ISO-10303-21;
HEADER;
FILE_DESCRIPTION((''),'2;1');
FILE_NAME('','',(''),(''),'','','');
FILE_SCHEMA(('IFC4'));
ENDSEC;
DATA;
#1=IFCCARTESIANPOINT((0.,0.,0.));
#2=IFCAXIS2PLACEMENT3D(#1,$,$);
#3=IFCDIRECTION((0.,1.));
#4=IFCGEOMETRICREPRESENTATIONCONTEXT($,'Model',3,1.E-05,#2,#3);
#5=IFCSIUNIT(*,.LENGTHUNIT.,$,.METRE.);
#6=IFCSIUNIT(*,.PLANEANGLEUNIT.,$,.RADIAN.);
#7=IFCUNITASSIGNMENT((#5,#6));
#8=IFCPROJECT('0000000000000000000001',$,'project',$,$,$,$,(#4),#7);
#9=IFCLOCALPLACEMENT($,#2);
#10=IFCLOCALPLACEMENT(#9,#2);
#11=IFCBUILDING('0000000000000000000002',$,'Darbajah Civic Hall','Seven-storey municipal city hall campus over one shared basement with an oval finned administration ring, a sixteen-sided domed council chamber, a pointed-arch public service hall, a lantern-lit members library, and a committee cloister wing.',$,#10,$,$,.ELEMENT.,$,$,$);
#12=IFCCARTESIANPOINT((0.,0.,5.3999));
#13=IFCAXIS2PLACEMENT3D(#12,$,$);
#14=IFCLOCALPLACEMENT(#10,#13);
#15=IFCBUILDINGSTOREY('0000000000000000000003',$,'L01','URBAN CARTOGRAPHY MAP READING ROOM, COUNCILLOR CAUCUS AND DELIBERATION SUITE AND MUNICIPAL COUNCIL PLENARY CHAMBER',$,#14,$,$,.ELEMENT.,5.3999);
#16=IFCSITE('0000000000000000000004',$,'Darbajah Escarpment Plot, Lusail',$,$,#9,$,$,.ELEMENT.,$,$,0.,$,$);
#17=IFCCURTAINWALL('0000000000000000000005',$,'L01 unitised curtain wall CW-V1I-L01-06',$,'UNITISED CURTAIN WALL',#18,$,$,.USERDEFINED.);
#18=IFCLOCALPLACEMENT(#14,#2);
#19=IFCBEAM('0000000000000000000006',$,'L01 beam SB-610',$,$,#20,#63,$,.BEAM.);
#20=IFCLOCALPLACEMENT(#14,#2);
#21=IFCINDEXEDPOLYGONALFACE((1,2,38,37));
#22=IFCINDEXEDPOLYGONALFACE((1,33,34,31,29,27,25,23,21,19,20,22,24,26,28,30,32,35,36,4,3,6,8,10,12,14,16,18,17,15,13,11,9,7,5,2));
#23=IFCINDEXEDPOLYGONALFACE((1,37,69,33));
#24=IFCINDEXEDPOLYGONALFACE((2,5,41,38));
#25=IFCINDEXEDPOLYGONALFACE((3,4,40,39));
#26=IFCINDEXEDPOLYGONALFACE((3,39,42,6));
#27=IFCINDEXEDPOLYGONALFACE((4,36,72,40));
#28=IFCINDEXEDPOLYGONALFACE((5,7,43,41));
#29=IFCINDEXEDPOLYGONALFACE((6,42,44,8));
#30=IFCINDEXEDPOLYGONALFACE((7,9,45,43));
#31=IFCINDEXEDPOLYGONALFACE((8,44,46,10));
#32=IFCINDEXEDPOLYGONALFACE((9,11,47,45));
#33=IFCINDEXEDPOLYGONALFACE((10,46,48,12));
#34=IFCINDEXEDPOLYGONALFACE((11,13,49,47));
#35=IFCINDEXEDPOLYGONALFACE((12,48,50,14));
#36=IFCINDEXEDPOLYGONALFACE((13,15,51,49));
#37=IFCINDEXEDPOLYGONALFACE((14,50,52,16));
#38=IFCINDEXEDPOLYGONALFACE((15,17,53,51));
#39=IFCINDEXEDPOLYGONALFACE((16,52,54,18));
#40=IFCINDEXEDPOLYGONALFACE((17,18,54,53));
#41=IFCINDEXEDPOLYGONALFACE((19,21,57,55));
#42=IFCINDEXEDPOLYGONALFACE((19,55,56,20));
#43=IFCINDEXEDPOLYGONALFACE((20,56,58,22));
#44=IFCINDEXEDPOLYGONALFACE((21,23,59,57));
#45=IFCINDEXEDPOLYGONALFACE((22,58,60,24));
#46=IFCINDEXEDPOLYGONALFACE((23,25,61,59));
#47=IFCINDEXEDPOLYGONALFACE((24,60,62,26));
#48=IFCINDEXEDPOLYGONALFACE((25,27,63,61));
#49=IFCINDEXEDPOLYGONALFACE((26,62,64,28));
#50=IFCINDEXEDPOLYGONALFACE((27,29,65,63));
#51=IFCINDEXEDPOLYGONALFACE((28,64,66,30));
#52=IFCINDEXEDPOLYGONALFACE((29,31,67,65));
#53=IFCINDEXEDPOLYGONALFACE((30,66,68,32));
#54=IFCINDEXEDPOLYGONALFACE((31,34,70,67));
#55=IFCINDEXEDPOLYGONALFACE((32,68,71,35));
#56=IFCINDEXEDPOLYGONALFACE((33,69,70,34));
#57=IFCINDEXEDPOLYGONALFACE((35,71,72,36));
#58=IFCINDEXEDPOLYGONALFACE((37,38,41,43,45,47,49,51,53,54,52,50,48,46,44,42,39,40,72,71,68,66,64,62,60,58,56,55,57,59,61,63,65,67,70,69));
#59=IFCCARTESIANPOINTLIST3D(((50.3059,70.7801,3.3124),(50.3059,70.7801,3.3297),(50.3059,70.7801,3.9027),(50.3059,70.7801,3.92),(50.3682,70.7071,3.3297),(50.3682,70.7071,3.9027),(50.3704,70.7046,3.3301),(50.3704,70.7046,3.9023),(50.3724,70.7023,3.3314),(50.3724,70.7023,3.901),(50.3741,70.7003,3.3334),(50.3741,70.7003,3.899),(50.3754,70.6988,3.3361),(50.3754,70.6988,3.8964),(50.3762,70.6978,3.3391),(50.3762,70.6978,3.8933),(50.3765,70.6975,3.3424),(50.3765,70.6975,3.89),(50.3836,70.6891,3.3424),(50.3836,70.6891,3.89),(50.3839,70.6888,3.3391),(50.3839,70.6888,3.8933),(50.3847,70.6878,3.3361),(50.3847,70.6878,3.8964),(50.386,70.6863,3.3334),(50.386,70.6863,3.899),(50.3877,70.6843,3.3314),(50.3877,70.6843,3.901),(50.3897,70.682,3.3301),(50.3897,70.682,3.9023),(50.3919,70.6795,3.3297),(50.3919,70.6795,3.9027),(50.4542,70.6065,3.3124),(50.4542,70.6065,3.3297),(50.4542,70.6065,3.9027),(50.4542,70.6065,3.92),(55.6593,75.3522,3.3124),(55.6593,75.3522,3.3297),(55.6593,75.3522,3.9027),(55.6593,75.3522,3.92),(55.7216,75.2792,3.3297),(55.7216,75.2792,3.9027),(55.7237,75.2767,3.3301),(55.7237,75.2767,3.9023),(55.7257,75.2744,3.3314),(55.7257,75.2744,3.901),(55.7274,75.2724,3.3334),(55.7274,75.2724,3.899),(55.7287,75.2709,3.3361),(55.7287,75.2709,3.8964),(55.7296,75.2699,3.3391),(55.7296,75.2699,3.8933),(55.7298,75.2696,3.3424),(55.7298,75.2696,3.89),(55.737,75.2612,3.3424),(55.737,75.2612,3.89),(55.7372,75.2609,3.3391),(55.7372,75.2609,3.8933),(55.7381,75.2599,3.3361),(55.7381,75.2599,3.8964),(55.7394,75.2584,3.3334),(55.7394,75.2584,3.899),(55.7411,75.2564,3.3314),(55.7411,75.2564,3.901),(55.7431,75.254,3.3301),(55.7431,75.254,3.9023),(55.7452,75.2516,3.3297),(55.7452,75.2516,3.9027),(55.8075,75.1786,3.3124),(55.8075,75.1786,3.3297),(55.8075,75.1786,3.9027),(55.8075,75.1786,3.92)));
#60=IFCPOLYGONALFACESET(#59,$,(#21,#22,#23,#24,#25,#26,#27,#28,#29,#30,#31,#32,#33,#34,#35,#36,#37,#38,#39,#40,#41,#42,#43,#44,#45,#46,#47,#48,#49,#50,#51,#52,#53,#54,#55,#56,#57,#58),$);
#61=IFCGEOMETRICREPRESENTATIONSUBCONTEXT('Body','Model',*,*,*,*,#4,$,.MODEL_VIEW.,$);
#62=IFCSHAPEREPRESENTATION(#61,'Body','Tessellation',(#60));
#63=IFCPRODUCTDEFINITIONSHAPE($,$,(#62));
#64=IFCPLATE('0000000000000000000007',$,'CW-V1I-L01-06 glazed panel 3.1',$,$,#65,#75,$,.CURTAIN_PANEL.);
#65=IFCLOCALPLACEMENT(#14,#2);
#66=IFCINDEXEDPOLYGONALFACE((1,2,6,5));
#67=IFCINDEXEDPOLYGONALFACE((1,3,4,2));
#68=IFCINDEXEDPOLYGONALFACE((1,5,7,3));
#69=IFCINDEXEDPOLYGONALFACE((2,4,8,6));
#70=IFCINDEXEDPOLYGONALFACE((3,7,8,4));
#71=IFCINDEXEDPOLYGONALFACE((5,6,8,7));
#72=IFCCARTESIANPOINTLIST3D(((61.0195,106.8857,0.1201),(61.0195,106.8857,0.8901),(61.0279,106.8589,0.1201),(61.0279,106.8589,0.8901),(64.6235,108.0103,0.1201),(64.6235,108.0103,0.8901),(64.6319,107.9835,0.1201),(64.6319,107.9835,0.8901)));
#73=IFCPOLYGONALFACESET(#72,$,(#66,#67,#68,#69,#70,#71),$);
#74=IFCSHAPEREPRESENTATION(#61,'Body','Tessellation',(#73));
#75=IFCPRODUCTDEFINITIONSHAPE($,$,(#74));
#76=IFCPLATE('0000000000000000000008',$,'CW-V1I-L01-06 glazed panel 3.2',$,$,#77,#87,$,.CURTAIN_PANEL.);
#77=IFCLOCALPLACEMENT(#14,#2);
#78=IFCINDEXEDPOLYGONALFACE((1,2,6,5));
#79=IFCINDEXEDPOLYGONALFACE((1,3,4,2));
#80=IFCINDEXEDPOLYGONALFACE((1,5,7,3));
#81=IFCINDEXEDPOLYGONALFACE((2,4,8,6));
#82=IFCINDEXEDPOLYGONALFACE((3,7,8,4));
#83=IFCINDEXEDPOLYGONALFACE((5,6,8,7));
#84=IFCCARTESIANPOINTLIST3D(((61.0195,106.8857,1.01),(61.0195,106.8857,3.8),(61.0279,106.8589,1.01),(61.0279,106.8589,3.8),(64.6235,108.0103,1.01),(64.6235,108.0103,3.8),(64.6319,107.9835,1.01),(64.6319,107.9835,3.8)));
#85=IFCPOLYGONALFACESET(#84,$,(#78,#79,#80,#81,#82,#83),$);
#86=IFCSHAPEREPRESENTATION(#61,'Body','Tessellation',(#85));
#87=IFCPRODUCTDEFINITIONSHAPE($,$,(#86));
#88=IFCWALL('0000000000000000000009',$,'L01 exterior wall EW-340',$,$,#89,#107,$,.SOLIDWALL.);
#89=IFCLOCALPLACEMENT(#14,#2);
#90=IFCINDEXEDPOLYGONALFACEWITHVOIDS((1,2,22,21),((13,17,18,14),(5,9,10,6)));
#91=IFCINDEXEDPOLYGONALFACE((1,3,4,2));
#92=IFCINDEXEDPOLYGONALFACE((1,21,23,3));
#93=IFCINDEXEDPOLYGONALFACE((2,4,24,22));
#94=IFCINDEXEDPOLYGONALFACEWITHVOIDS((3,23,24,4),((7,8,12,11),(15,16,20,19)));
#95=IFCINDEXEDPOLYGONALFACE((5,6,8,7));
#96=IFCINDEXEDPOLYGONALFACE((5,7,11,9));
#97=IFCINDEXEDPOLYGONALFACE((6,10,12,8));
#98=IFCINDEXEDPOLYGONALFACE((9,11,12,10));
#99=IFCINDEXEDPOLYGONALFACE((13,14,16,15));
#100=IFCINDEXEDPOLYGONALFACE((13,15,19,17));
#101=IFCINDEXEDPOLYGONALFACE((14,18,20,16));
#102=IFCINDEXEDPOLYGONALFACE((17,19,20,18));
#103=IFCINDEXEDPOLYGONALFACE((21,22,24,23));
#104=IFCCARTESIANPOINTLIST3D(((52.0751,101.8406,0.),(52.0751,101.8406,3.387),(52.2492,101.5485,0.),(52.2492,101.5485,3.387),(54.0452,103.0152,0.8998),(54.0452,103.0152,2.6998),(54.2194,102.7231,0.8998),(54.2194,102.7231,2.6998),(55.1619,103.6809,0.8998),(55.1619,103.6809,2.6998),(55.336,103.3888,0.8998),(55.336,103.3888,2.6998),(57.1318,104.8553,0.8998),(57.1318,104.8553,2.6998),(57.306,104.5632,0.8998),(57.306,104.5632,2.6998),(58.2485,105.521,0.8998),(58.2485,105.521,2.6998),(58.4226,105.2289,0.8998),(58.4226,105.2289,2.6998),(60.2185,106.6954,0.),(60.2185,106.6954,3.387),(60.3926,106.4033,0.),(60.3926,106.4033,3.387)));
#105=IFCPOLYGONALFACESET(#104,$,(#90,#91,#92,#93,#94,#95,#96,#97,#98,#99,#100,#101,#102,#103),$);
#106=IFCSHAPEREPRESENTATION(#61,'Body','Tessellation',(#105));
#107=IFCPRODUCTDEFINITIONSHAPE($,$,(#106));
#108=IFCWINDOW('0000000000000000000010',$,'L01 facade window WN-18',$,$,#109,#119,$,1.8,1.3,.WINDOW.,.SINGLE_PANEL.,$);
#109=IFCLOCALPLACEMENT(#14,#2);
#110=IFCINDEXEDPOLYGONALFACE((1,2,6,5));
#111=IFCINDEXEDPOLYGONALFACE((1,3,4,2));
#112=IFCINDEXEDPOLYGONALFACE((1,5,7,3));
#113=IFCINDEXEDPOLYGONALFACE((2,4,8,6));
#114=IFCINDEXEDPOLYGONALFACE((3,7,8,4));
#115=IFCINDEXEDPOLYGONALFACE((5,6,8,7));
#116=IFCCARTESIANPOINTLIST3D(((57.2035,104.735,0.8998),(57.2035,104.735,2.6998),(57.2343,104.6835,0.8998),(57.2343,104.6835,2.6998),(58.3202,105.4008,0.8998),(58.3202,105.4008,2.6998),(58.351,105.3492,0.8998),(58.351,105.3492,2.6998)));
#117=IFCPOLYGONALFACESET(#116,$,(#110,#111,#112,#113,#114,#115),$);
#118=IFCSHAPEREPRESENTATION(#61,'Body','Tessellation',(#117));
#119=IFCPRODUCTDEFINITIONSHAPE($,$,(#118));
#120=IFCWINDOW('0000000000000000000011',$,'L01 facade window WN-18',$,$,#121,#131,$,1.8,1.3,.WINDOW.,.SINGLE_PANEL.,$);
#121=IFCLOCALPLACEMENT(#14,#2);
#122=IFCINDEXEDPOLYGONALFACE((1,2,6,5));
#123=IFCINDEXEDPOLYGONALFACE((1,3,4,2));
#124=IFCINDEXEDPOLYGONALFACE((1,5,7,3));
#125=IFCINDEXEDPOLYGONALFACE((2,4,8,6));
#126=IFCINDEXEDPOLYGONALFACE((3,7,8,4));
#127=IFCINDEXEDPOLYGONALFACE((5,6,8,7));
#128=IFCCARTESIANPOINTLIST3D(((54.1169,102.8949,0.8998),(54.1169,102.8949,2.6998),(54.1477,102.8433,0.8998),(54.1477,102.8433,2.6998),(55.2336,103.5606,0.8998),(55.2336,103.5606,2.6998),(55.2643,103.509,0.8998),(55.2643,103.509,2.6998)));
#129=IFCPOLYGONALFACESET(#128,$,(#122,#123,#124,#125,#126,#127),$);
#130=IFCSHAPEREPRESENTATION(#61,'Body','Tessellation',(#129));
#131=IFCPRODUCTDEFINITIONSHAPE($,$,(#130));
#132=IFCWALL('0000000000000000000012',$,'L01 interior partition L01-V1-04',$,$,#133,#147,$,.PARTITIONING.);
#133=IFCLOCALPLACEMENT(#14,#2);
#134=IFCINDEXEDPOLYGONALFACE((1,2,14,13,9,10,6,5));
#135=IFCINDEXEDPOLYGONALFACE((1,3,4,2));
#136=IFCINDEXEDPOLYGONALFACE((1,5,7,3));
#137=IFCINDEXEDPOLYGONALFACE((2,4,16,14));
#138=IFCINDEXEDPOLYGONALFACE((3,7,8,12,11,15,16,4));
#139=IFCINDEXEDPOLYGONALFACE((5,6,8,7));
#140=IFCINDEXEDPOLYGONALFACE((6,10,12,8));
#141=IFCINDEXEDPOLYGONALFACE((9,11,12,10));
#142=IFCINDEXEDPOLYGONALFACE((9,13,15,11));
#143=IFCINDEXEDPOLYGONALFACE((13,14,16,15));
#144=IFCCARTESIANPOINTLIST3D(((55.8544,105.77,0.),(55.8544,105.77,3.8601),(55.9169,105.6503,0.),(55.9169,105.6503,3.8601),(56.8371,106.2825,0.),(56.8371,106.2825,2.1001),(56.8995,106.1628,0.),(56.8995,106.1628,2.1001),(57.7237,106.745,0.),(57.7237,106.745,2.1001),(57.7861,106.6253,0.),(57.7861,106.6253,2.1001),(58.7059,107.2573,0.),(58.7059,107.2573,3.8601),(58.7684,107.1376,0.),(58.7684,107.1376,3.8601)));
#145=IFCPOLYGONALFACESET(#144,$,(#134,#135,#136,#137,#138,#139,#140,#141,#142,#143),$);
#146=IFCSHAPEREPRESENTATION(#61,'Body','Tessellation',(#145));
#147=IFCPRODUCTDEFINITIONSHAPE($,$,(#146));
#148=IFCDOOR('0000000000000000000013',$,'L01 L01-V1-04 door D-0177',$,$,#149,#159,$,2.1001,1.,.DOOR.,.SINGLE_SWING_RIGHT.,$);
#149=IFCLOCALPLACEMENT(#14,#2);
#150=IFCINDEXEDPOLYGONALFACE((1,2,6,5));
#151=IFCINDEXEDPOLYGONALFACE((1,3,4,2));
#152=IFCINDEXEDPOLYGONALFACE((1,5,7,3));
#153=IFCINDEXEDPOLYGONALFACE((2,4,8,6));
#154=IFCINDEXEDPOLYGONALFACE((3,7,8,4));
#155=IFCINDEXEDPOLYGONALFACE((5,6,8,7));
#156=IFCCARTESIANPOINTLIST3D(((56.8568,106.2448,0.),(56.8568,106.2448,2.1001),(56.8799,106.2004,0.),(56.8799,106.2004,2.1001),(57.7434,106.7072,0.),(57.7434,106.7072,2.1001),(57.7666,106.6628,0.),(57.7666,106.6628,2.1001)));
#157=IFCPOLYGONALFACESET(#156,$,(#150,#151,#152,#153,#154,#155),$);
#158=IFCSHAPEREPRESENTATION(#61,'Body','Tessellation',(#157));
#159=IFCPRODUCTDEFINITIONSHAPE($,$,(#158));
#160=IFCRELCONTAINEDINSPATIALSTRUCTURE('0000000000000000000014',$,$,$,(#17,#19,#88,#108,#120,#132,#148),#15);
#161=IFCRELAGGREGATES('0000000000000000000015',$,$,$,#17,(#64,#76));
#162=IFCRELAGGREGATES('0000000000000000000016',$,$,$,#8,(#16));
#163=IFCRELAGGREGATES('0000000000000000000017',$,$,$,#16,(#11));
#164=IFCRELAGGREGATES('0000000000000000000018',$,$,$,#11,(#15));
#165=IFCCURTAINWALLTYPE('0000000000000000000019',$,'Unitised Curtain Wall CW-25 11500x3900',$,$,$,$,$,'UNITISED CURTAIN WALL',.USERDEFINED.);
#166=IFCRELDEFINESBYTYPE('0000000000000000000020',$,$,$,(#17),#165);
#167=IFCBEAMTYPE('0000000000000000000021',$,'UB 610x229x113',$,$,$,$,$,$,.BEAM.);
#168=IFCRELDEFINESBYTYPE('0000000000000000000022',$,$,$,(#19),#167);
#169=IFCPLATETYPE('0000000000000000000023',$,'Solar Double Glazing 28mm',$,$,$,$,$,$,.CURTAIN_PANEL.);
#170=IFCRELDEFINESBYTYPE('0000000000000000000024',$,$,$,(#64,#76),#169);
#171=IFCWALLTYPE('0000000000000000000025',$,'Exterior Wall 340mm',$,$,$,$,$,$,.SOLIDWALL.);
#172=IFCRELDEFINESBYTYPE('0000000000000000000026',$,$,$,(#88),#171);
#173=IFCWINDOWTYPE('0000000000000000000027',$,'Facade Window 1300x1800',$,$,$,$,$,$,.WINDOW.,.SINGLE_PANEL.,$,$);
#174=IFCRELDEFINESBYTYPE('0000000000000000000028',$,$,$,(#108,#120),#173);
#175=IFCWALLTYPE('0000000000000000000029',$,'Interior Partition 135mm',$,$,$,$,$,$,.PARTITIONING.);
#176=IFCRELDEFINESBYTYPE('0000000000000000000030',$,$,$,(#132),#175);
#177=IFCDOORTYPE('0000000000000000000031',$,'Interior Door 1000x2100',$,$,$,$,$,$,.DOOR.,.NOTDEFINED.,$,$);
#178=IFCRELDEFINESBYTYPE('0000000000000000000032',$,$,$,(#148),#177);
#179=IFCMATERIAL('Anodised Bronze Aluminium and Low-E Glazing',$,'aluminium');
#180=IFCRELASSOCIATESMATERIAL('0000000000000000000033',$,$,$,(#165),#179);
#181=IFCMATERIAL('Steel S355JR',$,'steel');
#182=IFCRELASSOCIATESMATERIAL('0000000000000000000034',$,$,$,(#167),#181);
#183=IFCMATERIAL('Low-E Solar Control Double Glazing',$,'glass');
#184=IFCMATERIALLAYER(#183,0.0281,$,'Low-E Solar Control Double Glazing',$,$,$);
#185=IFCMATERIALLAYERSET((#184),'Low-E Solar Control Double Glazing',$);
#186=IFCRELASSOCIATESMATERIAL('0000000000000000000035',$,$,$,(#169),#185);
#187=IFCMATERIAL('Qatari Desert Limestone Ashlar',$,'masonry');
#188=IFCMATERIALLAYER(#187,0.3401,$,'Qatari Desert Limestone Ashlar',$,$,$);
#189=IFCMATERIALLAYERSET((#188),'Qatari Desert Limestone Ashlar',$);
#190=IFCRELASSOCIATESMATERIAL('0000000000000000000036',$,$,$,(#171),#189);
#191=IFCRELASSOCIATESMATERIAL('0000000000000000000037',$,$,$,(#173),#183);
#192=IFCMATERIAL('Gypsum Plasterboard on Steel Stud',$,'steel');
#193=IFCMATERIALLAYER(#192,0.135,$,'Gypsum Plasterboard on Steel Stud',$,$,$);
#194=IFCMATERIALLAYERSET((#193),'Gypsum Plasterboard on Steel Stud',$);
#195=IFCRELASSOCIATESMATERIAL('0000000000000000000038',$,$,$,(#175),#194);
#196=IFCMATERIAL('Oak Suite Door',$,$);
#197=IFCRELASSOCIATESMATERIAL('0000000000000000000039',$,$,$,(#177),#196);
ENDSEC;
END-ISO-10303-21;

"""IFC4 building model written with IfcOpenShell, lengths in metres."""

from ifc_helpers import new_model, si_unit, direction, frame, frame_2d, origin, origin_2d, place, context, subcontext, project, spatial, rectangle, i_section, extrude, material, layer, layer_set, material_profile, profile_set, type_object, element, fill, aggregate, save


model = new_model("IFC4")

# Units and contexts
model_context = context("Model", 3, precision=1e-05, world=origin(), true_north=direction((0.0, 1.0)))
body_context = subcontext(model_context, "Body", "Model", "MODEL_VIEW")
ifc_project = project(units=[si_unit("LENGTHUNIT", "METRE"), si_unit("PLANEANGLEUNIT", "RADIAN")], contexts=[model_context])

# Site, building, storey
site_placement = place(None, origin())
site = spatial("IfcSite", under=ifc_project, at=site_placement, Name="Darbajah Escarpment Plot, Lusail", CompositionType="ELEMENT", RefElevation=0.0)
building_placement = place(site_placement, origin())
building = spatial("IfcBuilding", under=site, at=building_placement, Name="Darbajah Civic Hall", Description="Seven-storey municipal city hall campus over one shared basement with an oval finned administration ring, a sixteen-sided domed council chamber, a pointed-arch public service hall, a lantern-lit members library, and a committee cloister wing.", CompositionType="ELEMENT")
storey_placement = place(building_placement, frame((0.0, 0.0, 5.3999)))
storey = spatial("IfcBuildingStorey", under=building, at=storey_placement, Name="L01", Description="URBAN CARTOGRAPHY MAP READING ROOM, COUNCILLOR CAUCUS AND DELIBERATION SUITE AND MUNICIPAL COUNCIL PLENARY CHAMBER", CompositionType="ELEMENT", Elevation=5.3999)

# Curtain wall
ifc_material_1 = material(Name="Anodised Bronze Aluminium and Low-E Glazing", Category="aluminium")
curtain_wall_type_1 = type_object("IfcCurtainWallType", Name="Unitised Curtain Wall CW-25 11500x3900", ElementType="UNITISED CURTAIN WALL", PredefinedType="USERDEFINED", material=ifc_material_1)
curtain_wall_1_placement = place(storey_placement, origin())
curtain_wall_1 = element("IfcCurtainWall", 1, at=curtain_wall_1_placement, inside=storey, type_object=curtain_wall_type_1, Name="L01 unitised curtain wall CW-V1I-L01-06", ObjectType="UNITISED CURTAIN WALL", PredefinedType="USERDEFINED")

# Beam
ifc_material_2 = material(Name="Steel S355JR", Category="steel")
ifc_material_profile_1 = material_profile(ifc_material_2, i_section(OverallWidth=0.2283, OverallDepth=0.6077, WebThickness=0.011, FlangeThickness=0.0173, FilletRadius=0.0127, at=origin_2d()), Name="UB 610x229x113")
ifc_profile_set_1 = profile_set([ifc_material_profile_1], Name="Steel S355JR")
beam_type_1 = type_object("IfcBeamType", Name="UB 610x229x113", PredefinedType="BEAM", material=ifc_profile_set_1)
for number, where, z_axis, x_axis, name in (
    (2, (55.7334, 75.2654, 3.6162), (-0.760413, -0.649439, 0.0), (0.649439, -0.760413, 0.0), "L01 beam SB-610"),
):
    element("IfcBeam", number, at=place(storey_placement, frame(where, z_axis=z_axis, x_axis=x_axis)), inside=storey, type_object=beam_type_1, Name=name, PredefinedType="BEAM", context=body_context, shape_type="SweptSolid", body=[
        extrude(i_section(OverallWidth=0.2283, OverallDepth=0.6077, WebThickness=0.011, FlangeThickness=0.0173, FilletRadius=0.0127, at=origin_2d()), origin(), (0.0, 0.0, 1.0), 7.04),
    ])

# Plates
ifc_material_3 = material(Name="Low-E Solar Control Double Glazing", Category="glass")
ifc_layer_1 = layer(ifc_material_3, 0.0281, Name="Low-E Solar Control Double Glazing")
ifc_layer_set_1 = layer_set([ifc_layer_1], Name="Low-E Solar Control Double Glazing")
plate_type = type_object("IfcPlateType", Name="Solar Double Glazing 28mm", PredefinedType="CURTAIN_PANEL", material=ifc_layer_set_1)
plate_1_placement = place(storey_placement, frame((62.8257, 107.4346, 0.1201), z_axis=(0.0, 0.0, 1.0), x_axis=(-0.954605, -0.297875, 0.0)))
plate_1 = element("IfcPlate", 3, at=plate_1_placement, type_object=plate_type, Name="CW-V1I-L01-06 glazed panel 3.1", PredefinedType="CURTAIN_PANEL", context=body_context, shape_type="SweptSolid", body=[
    extrude(rectangle(XDim=3.7754, YDim=0.0281, at=origin_2d()), origin(), (0.0, 0.0, 1.0), 0.77),
])
plate_2_placement = place(storey_placement, frame((62.8257, 107.4346, 1.01), z_axis=(0.0, 0.0, 1.0), x_axis=(-0.954605, -0.297875, 0.0)))
plate_2 = element("IfcPlate", 4, at=plate_2_placement, type_object=plate_type, Name="CW-V1I-L01-06 glazed panel 3.2", PredefinedType="CURTAIN_PANEL", context=body_context, shape_type="SweptSolid", body=[
    extrude(rectangle(XDim=3.7754, YDim=0.0281, at=origin_2d()), origin(), (0.0, 0.0, 1.0), 2.79),
])
aggregate(curtain_wall_1, [plate_1, plate_2])

# Wall, openings, windows
ifc_material_4 = material(Name="Qatari Desert Limestone Ashlar", Category="masonry")
ifc_layer_2 = layer(ifc_material_4, 0.3401, Name="Qatari Desert Limestone Ashlar")
ifc_layer_set_2 = layer_set([ifc_layer_2], Name="Qatari Desert Limestone Ashlar")
wall_type_1 = type_object("IfcWallType", Name="Exterior Wall 340mm", PredefinedType="SOLIDWALL", material=ifc_layer_set_2)
wall_1_placement = place(storey_placement, frame((60.3054, 106.5493, 0.0), z_axis=(0.0, 0.0, 1.0), x_axis=(-0.858944, -0.51207, 0.0)))
wall_1 = element("IfcWall", 5, at=wall_1_placement, inside=storey, type_object=wall_type_1, Name="L01 exterior wall EW-340", PredefinedType="SOLIDWALL", context=body_context, shape_type="SweptSolid", body=[
    extrude(rectangle(XDim=9.4807, YDim=0.3401, at=frame_2d((4.7402, 0.0))), origin(), (0.0, 0.0, 1.0), 3.387),
])
opening_1_placement = place(wall_1_placement, frame((2.2935, 0.0, 0.8999)))
opening_1 = element("IfcOpeningElement", 6, at=opening_1_placement, cuts=wall_1, PredefinedType="OPENING", context=body_context, shape_type="SweptSolid", body=[
    extrude(rectangle(XDim=1.3, YDim=1.8, at=frame_2d((0.6499, 0.8999))), frame((0.0, 0.1799, 0.0), z_axis=(0.0, -1.0, 0.0), x_axis=(1.0, 0.0, 0.0)), (0.0, 0.0, 1.0), 0.3601),
])
opening_2_placement = place(wall_1_placement, frame((5.887, 0.0, 0.8999)))
opening_2 = element("IfcOpeningElement", 7, at=opening_2_placement, cuts=wall_1, PredefinedType="OPENING", context=body_context, shape_type="SweptSolid", body=[
    extrude(rectangle(XDim=1.3, YDim=1.8, at=frame_2d((0.6499, 0.8999))), frame((0.0, 0.1799, 0.0), z_axis=(0.0, -1.0, 0.0), x_axis=(1.0, 0.0, 0.0)), (0.0, 0.0, 1.0), 0.3601),
])
window_type = type_object("IfcWindowType", Name="Facade Window 1300x1800", PartitioningType="SINGLE_PANEL", PredefinedType="WINDOW", material=ifc_material_3)
window_1_placement = place(opening_1_placement, origin())
window_1 = element("IfcWindow", 8, at=window_1_placement, inside=storey, type_object=window_type, Name="L01 facade window WN-18", OverallHeight=1.8, OverallWidth=1.3, PartitioningType="SINGLE_PANEL", PredefinedType="WINDOW", context=body_context, shape_type="SweptSolid", body=[
    extrude(rectangle(XDim=1.3, YDim=1.8, at=frame_2d((0.6499, 0.8999))), frame((0.0, 0.03, 0.0), z_axis=(0.0, -1.0, 0.0), x_axis=(1.0, 0.0, 0.0)), (0.0, 0.0, 1.0), 0.0601),
])
fill(opening_1, window_1)
window_2_placement = place(opening_2_placement, origin())
window_2 = element("IfcWindow", 9, at=window_2_placement, inside=storey, type_object=window_type, Name="L01 facade window WN-18", OverallHeight=1.8, OverallWidth=1.3, PartitioningType="SINGLE_PANEL", PredefinedType="WINDOW", context=body_context, shape_type="SweptSolid", body=[
    extrude(rectangle(XDim=1.3, YDim=1.8, at=frame_2d((0.6499, 0.8999))), frame((0.0, 0.03, 0.0), z_axis=(0.0, -1.0, 0.0), x_axis=(1.0, 0.0, 0.0)), (0.0, 0.0, 1.0), 0.0601),
])
fill(opening_2, window_2)

# Wall, opening, door
ifc_material_5 = material(Name="Gypsum Plasterboard on Steel Stud", Category="steel")
ifc_layer_3 = layer(ifc_material_5, 0.135, Name="Gypsum Plasterboard on Steel Stud")
ifc_layer_set_3 = layer_set([ifc_layer_3], Name="Gypsum Plasterboard on Steel Stud")
wall_type_2 = type_object("IfcWallType", Name="Interior Partition 135mm", PredefinedType="PARTITIONING", material=ifc_layer_set_3)
wall_2_placement = place(storey_placement, frame((55.8857, 105.7102, 0.0), z_axis=(0.0, 0.0, 1.0), x_axis=(0.886644, 0.462452, 0.0)))
wall_2 = element("IfcWall", 10, at=wall_2_placement, inside=storey, type_object=wall_type_2, Name="L01 interior partition L01-V1-04", PredefinedType="PARTITIONING", context=body_context, shape_type="SweptSolid", body=[
    extrude(rectangle(XDim=3.2161, YDim=0.135, at=frame_2d((1.6079, 0.0))), origin(), (0.0, 0.0, 1.0), 3.8601),
])
opening_3_placement = place(wall_2_placement, frame((1.1082, 0.0, 0.0)))
opening_3 = element("IfcOpeningElement", 11, at=opening_3_placement, cuts=wall_2, PredefinedType="OPENING", context=body_context, shape_type="SweptSolid", body=[
    extrude(rectangle(XDim=1.0, YDim=2.1001, at=frame_2d((0.5, 1.05))), frame((0.0, 0.0774, 0.0), z_axis=(0.0, -1.0, 0.0), x_axis=(1.0, 0.0, 0.0)), (0.0, 0.0, 1.0), 0.155),
])
ifc_material_6 = material(Name="Oak Suite Door")
door_type = type_object("IfcDoorType", Name="Interior Door 1000x2100", OperationType="NOTDEFINED", PredefinedType="DOOR", material=ifc_material_6)
door_placement = place(opening_3_placement, origin())
door = element("IfcDoor", 12, at=door_placement, inside=storey, type_object=door_type, Name="L01 L01-V1-04 door D-0177", OperationType="SINGLE_SWING_RIGHT", OverallHeight=2.1001, OverallWidth=1.0, PredefinedType="DOOR", context=body_context, shape_type="SweptSolid", body=[
    extrude(rectangle(XDim=1.0, YDim=2.1001, at=frame_2d((0.5, 1.05))), frame((0.0, 0.0249, 0.0), z_axis=(0.0, -1.0, 0.0), x_axis=(1.0, 0.0, 0.0)), (0.0, 0.0, 1.0), 0.05),
])
fill(opening_3, door)

save(model, "model.ifc")
